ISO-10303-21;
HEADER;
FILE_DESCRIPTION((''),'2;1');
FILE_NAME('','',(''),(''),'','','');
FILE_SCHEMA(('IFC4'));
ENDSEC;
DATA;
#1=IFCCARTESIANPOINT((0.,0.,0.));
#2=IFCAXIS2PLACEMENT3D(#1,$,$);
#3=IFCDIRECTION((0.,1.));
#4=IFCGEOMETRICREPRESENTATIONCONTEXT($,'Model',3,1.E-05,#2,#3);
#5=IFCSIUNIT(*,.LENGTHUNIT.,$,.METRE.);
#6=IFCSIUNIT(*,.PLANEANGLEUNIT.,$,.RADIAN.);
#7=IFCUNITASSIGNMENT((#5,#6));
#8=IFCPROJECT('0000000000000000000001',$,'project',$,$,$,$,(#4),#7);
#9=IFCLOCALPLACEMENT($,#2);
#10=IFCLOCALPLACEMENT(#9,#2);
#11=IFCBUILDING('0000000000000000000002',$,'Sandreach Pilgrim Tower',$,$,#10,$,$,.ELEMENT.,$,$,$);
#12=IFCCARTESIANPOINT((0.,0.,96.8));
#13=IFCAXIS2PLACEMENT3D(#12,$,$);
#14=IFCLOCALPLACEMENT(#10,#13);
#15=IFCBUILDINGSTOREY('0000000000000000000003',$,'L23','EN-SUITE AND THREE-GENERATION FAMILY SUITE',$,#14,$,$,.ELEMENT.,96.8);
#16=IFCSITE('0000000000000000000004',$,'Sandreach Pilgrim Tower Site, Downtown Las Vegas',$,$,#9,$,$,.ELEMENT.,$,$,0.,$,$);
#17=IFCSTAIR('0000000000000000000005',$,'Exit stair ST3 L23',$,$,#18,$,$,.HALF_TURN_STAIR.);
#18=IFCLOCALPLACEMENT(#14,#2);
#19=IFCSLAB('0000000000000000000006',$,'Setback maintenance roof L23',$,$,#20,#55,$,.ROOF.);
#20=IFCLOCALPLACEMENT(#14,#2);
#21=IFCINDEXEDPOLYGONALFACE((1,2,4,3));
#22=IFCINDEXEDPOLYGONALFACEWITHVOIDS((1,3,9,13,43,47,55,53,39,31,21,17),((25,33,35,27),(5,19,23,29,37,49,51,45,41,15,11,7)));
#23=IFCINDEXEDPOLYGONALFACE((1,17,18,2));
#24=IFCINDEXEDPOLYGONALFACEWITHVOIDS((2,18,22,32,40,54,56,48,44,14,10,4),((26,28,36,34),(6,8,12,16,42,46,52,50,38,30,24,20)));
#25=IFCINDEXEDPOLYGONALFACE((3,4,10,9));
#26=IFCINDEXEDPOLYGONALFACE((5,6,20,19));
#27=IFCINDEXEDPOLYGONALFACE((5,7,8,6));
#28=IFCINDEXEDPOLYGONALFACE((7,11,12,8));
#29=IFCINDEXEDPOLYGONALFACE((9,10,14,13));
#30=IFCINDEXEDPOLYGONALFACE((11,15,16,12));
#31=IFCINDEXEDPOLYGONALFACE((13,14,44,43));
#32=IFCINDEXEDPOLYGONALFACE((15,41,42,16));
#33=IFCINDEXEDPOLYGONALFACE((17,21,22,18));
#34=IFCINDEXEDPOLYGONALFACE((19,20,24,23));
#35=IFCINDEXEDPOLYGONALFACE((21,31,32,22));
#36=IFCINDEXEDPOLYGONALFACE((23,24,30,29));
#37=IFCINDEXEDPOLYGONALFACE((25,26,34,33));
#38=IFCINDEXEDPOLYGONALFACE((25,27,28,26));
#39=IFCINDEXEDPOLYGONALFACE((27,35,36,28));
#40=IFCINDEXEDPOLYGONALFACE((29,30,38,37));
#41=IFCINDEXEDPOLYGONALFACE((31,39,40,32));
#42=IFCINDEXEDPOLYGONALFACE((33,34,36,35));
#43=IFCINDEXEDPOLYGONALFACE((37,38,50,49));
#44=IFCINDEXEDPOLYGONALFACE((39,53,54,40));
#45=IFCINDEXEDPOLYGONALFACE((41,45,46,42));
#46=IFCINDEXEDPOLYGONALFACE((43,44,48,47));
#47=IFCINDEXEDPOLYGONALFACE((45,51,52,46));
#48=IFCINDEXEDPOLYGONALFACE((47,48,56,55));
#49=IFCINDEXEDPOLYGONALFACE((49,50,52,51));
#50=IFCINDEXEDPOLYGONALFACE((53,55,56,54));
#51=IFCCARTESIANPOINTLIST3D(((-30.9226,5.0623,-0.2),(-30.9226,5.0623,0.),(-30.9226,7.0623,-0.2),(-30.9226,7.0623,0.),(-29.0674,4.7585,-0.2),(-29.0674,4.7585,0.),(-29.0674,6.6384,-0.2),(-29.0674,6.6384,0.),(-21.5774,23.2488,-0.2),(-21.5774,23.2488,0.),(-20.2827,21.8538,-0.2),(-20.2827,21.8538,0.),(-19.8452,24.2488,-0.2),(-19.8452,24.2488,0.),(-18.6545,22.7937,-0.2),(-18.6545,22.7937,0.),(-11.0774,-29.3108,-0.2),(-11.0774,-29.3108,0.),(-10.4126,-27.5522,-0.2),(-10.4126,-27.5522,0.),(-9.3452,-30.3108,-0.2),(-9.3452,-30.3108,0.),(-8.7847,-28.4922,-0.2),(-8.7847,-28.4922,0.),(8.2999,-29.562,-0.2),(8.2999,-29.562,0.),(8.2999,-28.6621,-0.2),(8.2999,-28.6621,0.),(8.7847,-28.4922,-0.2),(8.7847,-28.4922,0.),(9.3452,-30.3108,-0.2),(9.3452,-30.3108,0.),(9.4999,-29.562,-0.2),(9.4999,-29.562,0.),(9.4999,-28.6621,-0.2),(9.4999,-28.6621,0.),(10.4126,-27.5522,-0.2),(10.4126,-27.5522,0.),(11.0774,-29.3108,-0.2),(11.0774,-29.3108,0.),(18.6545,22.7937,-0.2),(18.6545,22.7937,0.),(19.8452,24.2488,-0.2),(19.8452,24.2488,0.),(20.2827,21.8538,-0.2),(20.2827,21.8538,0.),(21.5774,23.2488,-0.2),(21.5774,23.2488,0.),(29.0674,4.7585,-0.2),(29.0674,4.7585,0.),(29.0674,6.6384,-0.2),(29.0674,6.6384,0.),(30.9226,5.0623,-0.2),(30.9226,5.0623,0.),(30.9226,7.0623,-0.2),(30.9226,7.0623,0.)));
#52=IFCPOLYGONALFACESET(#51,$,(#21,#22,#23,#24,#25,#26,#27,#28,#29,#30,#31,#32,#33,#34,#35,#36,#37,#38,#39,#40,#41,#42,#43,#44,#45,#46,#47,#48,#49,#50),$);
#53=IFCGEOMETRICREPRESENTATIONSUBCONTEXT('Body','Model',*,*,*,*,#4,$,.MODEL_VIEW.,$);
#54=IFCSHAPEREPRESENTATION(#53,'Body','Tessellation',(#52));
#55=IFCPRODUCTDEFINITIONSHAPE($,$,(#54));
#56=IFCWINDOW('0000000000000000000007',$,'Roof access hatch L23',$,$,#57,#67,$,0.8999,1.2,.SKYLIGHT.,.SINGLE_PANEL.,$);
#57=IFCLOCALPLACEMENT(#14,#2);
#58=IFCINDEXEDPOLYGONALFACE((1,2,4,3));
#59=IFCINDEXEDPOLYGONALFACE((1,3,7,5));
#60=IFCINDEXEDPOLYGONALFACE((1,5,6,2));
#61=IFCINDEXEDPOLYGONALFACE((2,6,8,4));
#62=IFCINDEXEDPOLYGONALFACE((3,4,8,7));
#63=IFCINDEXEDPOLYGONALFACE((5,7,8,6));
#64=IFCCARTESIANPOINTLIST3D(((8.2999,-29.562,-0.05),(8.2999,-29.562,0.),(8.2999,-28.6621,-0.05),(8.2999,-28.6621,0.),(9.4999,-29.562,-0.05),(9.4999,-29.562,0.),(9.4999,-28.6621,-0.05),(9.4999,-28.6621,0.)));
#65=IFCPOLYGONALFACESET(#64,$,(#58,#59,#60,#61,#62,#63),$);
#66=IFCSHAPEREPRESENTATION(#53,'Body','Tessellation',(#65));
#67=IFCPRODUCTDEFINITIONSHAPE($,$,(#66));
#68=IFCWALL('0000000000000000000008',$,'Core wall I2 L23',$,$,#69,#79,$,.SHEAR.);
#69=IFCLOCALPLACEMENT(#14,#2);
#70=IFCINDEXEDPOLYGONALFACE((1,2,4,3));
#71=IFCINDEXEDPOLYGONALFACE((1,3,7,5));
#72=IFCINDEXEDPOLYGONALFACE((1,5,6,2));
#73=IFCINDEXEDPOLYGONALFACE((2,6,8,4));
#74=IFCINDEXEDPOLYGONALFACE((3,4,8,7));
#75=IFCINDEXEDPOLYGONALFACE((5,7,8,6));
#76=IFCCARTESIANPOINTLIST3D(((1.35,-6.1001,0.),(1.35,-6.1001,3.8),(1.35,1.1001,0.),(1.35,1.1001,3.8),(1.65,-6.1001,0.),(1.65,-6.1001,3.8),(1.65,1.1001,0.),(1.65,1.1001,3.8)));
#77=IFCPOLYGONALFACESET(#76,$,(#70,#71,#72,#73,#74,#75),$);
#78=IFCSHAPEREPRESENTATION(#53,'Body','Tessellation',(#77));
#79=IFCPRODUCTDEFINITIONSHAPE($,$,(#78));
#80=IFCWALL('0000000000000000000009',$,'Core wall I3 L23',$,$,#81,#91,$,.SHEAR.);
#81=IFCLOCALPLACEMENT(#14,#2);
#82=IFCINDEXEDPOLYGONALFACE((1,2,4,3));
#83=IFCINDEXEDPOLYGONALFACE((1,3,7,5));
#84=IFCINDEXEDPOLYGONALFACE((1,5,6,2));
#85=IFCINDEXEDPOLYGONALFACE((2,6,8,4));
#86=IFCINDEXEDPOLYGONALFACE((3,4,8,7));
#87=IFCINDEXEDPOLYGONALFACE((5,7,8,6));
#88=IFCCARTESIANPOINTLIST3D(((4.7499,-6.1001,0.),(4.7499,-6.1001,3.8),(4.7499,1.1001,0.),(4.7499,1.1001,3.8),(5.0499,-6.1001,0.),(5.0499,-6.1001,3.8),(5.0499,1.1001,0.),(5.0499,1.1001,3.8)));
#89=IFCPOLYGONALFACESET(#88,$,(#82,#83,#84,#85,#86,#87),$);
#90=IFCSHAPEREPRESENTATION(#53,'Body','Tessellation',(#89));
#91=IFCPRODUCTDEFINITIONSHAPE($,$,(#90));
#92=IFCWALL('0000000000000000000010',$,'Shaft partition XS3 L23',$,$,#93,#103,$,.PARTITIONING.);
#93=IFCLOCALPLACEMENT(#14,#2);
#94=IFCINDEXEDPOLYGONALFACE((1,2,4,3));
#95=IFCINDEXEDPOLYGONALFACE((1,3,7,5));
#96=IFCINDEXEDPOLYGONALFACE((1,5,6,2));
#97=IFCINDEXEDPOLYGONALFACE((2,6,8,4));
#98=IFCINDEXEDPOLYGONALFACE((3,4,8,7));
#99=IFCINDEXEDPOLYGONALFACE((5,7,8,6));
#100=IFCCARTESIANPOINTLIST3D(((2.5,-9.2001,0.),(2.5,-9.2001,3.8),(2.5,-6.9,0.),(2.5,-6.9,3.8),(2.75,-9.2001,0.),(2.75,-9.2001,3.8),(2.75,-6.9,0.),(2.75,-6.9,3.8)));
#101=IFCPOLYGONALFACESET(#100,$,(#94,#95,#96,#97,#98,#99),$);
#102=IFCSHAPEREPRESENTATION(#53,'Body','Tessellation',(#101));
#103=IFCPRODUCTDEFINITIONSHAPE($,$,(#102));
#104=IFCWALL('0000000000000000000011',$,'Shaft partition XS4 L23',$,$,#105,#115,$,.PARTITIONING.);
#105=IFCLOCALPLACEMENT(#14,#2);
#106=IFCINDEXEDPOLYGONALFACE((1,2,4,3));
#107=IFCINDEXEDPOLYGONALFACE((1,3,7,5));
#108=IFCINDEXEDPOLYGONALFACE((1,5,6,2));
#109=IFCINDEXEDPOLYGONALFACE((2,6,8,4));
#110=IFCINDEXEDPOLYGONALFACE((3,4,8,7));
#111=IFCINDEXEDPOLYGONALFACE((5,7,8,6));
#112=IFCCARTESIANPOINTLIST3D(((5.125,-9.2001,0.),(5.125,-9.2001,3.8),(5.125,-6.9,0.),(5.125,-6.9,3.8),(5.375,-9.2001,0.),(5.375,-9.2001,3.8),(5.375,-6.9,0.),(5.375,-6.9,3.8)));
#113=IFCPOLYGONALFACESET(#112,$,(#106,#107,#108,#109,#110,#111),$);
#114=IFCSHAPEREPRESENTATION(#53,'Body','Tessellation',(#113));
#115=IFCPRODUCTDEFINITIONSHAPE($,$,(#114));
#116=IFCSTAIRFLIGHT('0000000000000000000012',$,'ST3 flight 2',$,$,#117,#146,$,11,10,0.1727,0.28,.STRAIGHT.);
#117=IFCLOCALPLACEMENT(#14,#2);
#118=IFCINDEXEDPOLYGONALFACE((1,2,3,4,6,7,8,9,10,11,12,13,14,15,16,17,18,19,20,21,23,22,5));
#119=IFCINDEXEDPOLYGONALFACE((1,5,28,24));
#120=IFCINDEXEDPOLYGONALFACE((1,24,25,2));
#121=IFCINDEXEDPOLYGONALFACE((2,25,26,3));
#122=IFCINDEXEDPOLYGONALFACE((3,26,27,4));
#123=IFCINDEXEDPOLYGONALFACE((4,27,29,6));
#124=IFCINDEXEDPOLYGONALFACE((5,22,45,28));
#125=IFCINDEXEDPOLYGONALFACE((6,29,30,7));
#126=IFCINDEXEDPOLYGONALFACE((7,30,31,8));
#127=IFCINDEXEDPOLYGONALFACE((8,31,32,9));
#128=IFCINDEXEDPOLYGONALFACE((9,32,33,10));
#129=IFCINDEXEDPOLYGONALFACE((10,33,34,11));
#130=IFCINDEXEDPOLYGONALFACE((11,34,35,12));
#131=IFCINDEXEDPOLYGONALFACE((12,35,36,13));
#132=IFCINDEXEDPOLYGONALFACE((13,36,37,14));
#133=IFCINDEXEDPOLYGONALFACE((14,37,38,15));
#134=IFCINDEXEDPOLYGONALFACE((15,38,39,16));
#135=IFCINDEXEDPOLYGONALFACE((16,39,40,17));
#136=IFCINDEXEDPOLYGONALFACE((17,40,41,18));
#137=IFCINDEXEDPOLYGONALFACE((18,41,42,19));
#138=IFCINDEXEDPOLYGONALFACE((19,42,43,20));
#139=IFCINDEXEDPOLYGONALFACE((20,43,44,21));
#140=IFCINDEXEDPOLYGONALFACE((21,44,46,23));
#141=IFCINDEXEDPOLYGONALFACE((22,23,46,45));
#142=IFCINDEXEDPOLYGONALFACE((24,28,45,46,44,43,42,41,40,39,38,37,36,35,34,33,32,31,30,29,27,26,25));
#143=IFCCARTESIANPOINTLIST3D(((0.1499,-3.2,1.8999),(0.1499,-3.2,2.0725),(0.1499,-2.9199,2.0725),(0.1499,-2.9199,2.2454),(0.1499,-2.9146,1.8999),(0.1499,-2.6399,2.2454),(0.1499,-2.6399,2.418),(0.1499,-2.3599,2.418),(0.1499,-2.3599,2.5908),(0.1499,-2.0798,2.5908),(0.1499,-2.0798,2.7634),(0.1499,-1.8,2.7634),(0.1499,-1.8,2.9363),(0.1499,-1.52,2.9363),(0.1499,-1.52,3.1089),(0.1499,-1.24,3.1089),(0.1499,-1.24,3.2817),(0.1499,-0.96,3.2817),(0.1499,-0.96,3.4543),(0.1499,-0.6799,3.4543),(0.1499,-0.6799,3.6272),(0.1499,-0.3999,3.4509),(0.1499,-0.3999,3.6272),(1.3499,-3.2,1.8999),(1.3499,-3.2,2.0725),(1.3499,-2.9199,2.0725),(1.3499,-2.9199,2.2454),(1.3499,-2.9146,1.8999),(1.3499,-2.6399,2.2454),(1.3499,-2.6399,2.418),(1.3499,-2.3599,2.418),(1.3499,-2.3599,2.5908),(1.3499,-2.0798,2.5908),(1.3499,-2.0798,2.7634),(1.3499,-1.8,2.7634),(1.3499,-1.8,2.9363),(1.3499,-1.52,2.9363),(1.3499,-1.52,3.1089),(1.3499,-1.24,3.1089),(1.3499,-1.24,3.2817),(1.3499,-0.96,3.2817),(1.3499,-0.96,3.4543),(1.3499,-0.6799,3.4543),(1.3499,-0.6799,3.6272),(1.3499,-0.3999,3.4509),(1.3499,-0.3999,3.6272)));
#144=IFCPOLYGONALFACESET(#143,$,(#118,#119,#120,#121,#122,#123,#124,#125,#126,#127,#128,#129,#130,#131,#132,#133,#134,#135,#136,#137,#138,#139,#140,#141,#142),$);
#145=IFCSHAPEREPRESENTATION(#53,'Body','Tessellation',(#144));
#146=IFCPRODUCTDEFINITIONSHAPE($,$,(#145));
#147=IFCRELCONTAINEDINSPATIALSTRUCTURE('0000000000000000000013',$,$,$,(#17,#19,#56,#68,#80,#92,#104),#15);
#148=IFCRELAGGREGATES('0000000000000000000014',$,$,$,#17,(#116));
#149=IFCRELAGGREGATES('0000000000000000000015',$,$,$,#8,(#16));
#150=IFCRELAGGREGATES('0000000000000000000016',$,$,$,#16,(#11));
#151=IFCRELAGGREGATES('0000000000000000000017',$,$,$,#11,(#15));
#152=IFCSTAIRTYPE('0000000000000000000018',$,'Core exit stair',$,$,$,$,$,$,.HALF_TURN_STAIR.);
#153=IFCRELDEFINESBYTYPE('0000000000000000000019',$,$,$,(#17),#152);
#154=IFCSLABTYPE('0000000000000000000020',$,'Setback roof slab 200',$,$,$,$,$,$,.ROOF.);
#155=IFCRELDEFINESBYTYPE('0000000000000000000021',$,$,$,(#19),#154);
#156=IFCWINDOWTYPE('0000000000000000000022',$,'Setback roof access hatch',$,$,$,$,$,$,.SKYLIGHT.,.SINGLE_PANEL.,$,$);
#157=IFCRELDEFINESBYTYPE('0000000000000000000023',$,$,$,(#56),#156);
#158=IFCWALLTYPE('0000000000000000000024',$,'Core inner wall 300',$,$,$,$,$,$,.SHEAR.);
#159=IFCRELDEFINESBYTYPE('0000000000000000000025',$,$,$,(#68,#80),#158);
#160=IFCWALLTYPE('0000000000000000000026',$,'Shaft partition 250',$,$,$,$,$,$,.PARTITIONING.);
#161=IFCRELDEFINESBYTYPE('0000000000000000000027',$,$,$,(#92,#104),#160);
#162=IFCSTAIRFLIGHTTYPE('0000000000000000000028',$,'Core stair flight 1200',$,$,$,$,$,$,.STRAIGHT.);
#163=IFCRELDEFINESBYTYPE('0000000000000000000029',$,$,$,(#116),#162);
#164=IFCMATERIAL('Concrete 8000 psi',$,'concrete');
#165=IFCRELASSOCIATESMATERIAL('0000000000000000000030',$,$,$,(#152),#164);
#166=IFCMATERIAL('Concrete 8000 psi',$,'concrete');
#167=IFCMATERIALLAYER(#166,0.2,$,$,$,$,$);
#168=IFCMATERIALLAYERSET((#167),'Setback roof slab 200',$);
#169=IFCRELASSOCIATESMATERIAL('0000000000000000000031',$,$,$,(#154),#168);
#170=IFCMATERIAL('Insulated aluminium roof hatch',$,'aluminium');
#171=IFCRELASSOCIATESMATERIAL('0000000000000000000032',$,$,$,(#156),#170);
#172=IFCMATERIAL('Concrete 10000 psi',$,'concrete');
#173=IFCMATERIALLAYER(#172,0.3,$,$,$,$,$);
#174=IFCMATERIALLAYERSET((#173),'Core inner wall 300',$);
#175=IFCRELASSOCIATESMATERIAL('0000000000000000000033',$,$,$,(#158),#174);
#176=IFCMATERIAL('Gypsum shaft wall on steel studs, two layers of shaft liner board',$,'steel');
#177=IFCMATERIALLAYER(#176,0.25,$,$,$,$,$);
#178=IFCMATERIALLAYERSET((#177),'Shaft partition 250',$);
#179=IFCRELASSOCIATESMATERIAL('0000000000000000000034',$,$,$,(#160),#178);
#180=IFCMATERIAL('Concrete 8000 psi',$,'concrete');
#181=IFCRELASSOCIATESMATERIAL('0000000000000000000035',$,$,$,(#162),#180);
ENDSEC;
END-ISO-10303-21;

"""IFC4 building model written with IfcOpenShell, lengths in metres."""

from ifc_helpers import new_model, si_unit, direction, frame, frame_2d, origin, origin_2d, place, context, subcontext, project, spatial, polyline, rectangle, outline, extrude, material, layer, layer_set, type_object, element, fill, aggregate, save


model = new_model("IFC4")

# Units and contexts
model_context = context("Model", 3, precision=1e-05, world=origin(), true_north=direction((0.0, 1.0)))
body_context = subcontext(model_context, "Body", "Model", "MODEL_VIEW")
ifc_project = project(units=[si_unit("LENGTHUNIT", "METRE"), si_unit("PLANEANGLEUNIT", "RADIAN")], contexts=[model_context])

# Site, building, storey
site_placement = place(None, origin())
site = spatial("IfcSite", under=ifc_project, at=site_placement, Name="Sandreach Pilgrim Tower Site, Downtown Las Vegas", CompositionType="ELEMENT", RefElevation=0.0)
building_placement = place(site_placement, origin())
building = spatial("IfcBuilding", under=site, at=building_placement, Name="Sandreach Pilgrim Tower", CompositionType="ELEMENT")
storey_placement = place(building_placement, frame((0.0, 0.0, 96.8)))
storey = spatial("IfcBuildingStorey", under=building, at=storey_placement, Name="L23", Description="EN-SUITE AND THREE-GENERATION FAMILY SUITE", CompositionType="ELEMENT", Elevation=96.8)

# Stair
ifc_material_1 = material(Name="Concrete 8000 psi", Category="concrete")
stair_type = type_object("IfcStairType", Name="Core exit stair", PredefinedType="HALF_TURN_STAIR", material=ifc_material_1)
stair_1_placement = place(storey_placement, origin())
stair_1 = element("IfcStair", 1, at=stair_1_placement, inside=storey, type_object=stair_type, Name="Exit stair ST3 L23", PredefinedType="HALF_TURN_STAIR")

# Slab, opening, window
ifc_material_2 = material(Name="Concrete 8000 psi", Category="concrete")
ifc_layer_1 = layer(ifc_material_2, 0.2)
ifc_layer_set_1 = layer_set([ifc_layer_1], Name="Setback roof slab 200")
slab_type_1 = type_object("IfcSlabType", Name="Setback roof slab 200", PredefinedType="ROOF", material=ifc_layer_set_1)
slab_1_placement = place(storey_placement, frame((0.0, 0.0, -0.2)))
slab_1 = element("IfcSlab", 2, at=slab_1_placement, inside=storey, type_object=slab_type_1, Name="Setback maintenance roof L23", PredefinedType="ROOF", context=body_context, shape_type="SweptSolid", body=[
    extrude(outline(polyline([(-19.8452, 24.2488), (-21.5774, 23.2488), (-30.9226, 7.0623), (-30.9226, 5.0623), (-11.0774, -29.3108), (-9.3452, -30.3108), (9.3452, -30.3108), (11.0774, -29.3108), (30.9226, 5.0623), (30.9226, 7.0623), (21.5774, 23.2488), (19.8452, 24.2488), (-19.8452, 24.2488)]), holes=[polyline([(-18.6545, 22.7937), (-20.2827, 21.8538), (-29.0674, 6.6384), (-29.0674, 4.7585), (-10.4126, -27.5522), (-8.7847, -28.4922), (8.7847, -28.4922), (10.4126, -27.5522), (29.0674, 4.7585), (29.0674, 6.6384), (20.2827, 21.8538), (18.6545, 22.7937), (-18.6545, 22.7937)])]), origin(), (0.0, 0.0, 1.0), 0.2),
])
opening_1_placement = place(slab_1_placement, frame((8.8999, -29.1121, 0.0)))
opening_1 = element("IfcOpeningElement", 3, at=opening_1_placement, cuts=slab_1, PredefinedType="OPENING", context=body_context, shape_type="SweptSolid", body=[
    extrude(rectangle(XDim=1.2, YDim=0.8999, at=origin_2d()), origin(), (0.0, 0.0, 1.0), 0.2),
])
ifc_material_3 = material(Name="Insulated aluminium roof hatch", Category="aluminium")
window_type = type_object("IfcWindowType", Name="Setback roof access hatch", PartitioningType="SINGLE_PANEL", PredefinedType="SKYLIGHT", material=ifc_material_3)
window_placement = place(opening_1_placement, frame((0.0, 0.0, 0.1499)))
window = element("IfcWindow", 4, at=window_placement, inside=storey, type_object=window_type, Name="Roof access hatch L23", OverallHeight=0.8999, OverallWidth=1.2, PartitioningType="SINGLE_PANEL", PredefinedType="SKYLIGHT", context=body_context, shape_type="SweptSolid", body=[
    extrude(rectangle(XDim=1.2, YDim=0.8999, at=origin_2d()), origin(), (0.0, 0.0, 1.0), 0.05),
])
fill(opening_1, window)

# Walls
ifc_material_4 = material(Name="Concrete 10000 psi", Category="concrete")
ifc_layer_2 = layer(ifc_material_4, 0.3)
ifc_layer_set_2 = layer_set([ifc_layer_2], Name="Core inner wall 300")
wall_type_1 = type_object("IfcWallType", Name="Core inner wall 300", PredefinedType="SHEAR", material=ifc_layer_set_2)
for number, where, z_axis, x_axis, name in (
    (5, (1.5, -6.1001, 0.0), (0.0, 0.0, 1.0), (0.0, 1.0, 0.0), "Core wall I2 L23"),
    (6, (4.8999, -6.1001, 0.0), (0.0, 0.0, 1.0), (0.0, 1.0, 0.0), "Core wall I3 L23"),
):
    element("IfcWall", number, at=place(storey_placement, frame(where, z_axis=z_axis, x_axis=x_axis)), inside=storey, type_object=wall_type_1, Name=name, PredefinedType="SHEAR", context=body_context, shape_type="SweptSolid", body=[
        extrude(rectangle(XDim=7.2002, YDim=0.3, at=frame_2d((3.6001, 0.0))), origin(), (0.0, 0.0, 1.0), 3.8),
    ])

# Walls
ifc_material_5 = material(Name="Gypsum shaft wall on steel studs, two layers of shaft liner board", Category="steel")
ifc_layer_3 = layer(ifc_material_5, 0.25)
ifc_layer_set_3 = layer_set([ifc_layer_3], Name="Shaft partition 250")
wall_type_2 = type_object("IfcWallType", Name="Shaft partition 250", PredefinedType="PARTITIONING", material=ifc_layer_set_3)
for number, where, z_axis, x_axis, name in (
    (7, (2.625, -9.2, 0.0), (0.0, 0.0, 1.0), (0.0, 1.0, 0.0), "Shaft partition XS3 L23"),
    (8, (5.25, -9.2, 0.0), (0.0, 0.0, 1.0), (0.0, 1.0, 0.0), "Shaft partition XS4 L23"),
):
    element("IfcWall", number, at=place(storey_placement, frame(where, z_axis=z_axis, x_axis=x_axis)), inside=storey, type_object=wall_type_2, Name=name, PredefinedType="PARTITIONING", context=body_context, shape_type="SweptSolid", body=[
        extrude(rectangle(XDim=2.3, YDim=0.25, at=frame_2d((1.1499, 0.0))), origin(), (0.0, 0.0, 1.0), 3.8),
    ])

# Stair flight
ifc_material_6 = material(Name="Concrete 8000 psi", Category="concrete")
stair_flight_type = type_object("IfcStairFlightType", Name="Core stair flight 1200", PredefinedType="STRAIGHT", material=ifc_material_6)
stair_flight_placement = place(storey_placement, frame((0.75, -3.2, 1.8999), z_axis=(0.0, 0.0, 1.0), x_axis=(0.0, 1.0, 0.0)))
stair_flight = element("IfcStairFlight", 9, at=stair_flight_placement, type_object=stair_flight_type, Name="ST3 flight 2", NumberOfRisers=11, NumberOfTreads=10, PredefinedType="STRAIGHT", RiserHeight=0.1727, TreadLength=0.28, context=body_context, shape_type="SweptSolid", body=[
    extrude(outline(polyline([(0.0, 0.0), (0.0, 0.1726), (0.28, 0.1726), (0.28, 0.3455), (0.5601, 0.3455), (0.5601, 0.5181), (0.8401, 0.5181), (0.8401, 0.6909), (1.1201, 0.6909), (1.1201, 0.8635), (1.3999, 0.8635), (1.3999, 1.0364), (1.6799, 1.0364), (1.6799, 1.209), (1.96, 1.209), (1.96, 1.3818), (2.24, 1.3818), (2.24, 1.5544), (2.52, 1.5544), (2.52, 1.7273), (2.8, 1.7273), (2.8, 1.8999), (2.8, 1.551), (0.2854, 0.0), (0.0, 0.0)])), frame((0.0, 0.6001, 0.0), z_axis=(0.0, -1.0, 0.0), x_axis=(1.0, 0.0, 0.0)), (0.0, 0.0, 1.0), 1.2),
])
aggregate(stair_1, [stair_flight])

save(model, "model.ifc")
